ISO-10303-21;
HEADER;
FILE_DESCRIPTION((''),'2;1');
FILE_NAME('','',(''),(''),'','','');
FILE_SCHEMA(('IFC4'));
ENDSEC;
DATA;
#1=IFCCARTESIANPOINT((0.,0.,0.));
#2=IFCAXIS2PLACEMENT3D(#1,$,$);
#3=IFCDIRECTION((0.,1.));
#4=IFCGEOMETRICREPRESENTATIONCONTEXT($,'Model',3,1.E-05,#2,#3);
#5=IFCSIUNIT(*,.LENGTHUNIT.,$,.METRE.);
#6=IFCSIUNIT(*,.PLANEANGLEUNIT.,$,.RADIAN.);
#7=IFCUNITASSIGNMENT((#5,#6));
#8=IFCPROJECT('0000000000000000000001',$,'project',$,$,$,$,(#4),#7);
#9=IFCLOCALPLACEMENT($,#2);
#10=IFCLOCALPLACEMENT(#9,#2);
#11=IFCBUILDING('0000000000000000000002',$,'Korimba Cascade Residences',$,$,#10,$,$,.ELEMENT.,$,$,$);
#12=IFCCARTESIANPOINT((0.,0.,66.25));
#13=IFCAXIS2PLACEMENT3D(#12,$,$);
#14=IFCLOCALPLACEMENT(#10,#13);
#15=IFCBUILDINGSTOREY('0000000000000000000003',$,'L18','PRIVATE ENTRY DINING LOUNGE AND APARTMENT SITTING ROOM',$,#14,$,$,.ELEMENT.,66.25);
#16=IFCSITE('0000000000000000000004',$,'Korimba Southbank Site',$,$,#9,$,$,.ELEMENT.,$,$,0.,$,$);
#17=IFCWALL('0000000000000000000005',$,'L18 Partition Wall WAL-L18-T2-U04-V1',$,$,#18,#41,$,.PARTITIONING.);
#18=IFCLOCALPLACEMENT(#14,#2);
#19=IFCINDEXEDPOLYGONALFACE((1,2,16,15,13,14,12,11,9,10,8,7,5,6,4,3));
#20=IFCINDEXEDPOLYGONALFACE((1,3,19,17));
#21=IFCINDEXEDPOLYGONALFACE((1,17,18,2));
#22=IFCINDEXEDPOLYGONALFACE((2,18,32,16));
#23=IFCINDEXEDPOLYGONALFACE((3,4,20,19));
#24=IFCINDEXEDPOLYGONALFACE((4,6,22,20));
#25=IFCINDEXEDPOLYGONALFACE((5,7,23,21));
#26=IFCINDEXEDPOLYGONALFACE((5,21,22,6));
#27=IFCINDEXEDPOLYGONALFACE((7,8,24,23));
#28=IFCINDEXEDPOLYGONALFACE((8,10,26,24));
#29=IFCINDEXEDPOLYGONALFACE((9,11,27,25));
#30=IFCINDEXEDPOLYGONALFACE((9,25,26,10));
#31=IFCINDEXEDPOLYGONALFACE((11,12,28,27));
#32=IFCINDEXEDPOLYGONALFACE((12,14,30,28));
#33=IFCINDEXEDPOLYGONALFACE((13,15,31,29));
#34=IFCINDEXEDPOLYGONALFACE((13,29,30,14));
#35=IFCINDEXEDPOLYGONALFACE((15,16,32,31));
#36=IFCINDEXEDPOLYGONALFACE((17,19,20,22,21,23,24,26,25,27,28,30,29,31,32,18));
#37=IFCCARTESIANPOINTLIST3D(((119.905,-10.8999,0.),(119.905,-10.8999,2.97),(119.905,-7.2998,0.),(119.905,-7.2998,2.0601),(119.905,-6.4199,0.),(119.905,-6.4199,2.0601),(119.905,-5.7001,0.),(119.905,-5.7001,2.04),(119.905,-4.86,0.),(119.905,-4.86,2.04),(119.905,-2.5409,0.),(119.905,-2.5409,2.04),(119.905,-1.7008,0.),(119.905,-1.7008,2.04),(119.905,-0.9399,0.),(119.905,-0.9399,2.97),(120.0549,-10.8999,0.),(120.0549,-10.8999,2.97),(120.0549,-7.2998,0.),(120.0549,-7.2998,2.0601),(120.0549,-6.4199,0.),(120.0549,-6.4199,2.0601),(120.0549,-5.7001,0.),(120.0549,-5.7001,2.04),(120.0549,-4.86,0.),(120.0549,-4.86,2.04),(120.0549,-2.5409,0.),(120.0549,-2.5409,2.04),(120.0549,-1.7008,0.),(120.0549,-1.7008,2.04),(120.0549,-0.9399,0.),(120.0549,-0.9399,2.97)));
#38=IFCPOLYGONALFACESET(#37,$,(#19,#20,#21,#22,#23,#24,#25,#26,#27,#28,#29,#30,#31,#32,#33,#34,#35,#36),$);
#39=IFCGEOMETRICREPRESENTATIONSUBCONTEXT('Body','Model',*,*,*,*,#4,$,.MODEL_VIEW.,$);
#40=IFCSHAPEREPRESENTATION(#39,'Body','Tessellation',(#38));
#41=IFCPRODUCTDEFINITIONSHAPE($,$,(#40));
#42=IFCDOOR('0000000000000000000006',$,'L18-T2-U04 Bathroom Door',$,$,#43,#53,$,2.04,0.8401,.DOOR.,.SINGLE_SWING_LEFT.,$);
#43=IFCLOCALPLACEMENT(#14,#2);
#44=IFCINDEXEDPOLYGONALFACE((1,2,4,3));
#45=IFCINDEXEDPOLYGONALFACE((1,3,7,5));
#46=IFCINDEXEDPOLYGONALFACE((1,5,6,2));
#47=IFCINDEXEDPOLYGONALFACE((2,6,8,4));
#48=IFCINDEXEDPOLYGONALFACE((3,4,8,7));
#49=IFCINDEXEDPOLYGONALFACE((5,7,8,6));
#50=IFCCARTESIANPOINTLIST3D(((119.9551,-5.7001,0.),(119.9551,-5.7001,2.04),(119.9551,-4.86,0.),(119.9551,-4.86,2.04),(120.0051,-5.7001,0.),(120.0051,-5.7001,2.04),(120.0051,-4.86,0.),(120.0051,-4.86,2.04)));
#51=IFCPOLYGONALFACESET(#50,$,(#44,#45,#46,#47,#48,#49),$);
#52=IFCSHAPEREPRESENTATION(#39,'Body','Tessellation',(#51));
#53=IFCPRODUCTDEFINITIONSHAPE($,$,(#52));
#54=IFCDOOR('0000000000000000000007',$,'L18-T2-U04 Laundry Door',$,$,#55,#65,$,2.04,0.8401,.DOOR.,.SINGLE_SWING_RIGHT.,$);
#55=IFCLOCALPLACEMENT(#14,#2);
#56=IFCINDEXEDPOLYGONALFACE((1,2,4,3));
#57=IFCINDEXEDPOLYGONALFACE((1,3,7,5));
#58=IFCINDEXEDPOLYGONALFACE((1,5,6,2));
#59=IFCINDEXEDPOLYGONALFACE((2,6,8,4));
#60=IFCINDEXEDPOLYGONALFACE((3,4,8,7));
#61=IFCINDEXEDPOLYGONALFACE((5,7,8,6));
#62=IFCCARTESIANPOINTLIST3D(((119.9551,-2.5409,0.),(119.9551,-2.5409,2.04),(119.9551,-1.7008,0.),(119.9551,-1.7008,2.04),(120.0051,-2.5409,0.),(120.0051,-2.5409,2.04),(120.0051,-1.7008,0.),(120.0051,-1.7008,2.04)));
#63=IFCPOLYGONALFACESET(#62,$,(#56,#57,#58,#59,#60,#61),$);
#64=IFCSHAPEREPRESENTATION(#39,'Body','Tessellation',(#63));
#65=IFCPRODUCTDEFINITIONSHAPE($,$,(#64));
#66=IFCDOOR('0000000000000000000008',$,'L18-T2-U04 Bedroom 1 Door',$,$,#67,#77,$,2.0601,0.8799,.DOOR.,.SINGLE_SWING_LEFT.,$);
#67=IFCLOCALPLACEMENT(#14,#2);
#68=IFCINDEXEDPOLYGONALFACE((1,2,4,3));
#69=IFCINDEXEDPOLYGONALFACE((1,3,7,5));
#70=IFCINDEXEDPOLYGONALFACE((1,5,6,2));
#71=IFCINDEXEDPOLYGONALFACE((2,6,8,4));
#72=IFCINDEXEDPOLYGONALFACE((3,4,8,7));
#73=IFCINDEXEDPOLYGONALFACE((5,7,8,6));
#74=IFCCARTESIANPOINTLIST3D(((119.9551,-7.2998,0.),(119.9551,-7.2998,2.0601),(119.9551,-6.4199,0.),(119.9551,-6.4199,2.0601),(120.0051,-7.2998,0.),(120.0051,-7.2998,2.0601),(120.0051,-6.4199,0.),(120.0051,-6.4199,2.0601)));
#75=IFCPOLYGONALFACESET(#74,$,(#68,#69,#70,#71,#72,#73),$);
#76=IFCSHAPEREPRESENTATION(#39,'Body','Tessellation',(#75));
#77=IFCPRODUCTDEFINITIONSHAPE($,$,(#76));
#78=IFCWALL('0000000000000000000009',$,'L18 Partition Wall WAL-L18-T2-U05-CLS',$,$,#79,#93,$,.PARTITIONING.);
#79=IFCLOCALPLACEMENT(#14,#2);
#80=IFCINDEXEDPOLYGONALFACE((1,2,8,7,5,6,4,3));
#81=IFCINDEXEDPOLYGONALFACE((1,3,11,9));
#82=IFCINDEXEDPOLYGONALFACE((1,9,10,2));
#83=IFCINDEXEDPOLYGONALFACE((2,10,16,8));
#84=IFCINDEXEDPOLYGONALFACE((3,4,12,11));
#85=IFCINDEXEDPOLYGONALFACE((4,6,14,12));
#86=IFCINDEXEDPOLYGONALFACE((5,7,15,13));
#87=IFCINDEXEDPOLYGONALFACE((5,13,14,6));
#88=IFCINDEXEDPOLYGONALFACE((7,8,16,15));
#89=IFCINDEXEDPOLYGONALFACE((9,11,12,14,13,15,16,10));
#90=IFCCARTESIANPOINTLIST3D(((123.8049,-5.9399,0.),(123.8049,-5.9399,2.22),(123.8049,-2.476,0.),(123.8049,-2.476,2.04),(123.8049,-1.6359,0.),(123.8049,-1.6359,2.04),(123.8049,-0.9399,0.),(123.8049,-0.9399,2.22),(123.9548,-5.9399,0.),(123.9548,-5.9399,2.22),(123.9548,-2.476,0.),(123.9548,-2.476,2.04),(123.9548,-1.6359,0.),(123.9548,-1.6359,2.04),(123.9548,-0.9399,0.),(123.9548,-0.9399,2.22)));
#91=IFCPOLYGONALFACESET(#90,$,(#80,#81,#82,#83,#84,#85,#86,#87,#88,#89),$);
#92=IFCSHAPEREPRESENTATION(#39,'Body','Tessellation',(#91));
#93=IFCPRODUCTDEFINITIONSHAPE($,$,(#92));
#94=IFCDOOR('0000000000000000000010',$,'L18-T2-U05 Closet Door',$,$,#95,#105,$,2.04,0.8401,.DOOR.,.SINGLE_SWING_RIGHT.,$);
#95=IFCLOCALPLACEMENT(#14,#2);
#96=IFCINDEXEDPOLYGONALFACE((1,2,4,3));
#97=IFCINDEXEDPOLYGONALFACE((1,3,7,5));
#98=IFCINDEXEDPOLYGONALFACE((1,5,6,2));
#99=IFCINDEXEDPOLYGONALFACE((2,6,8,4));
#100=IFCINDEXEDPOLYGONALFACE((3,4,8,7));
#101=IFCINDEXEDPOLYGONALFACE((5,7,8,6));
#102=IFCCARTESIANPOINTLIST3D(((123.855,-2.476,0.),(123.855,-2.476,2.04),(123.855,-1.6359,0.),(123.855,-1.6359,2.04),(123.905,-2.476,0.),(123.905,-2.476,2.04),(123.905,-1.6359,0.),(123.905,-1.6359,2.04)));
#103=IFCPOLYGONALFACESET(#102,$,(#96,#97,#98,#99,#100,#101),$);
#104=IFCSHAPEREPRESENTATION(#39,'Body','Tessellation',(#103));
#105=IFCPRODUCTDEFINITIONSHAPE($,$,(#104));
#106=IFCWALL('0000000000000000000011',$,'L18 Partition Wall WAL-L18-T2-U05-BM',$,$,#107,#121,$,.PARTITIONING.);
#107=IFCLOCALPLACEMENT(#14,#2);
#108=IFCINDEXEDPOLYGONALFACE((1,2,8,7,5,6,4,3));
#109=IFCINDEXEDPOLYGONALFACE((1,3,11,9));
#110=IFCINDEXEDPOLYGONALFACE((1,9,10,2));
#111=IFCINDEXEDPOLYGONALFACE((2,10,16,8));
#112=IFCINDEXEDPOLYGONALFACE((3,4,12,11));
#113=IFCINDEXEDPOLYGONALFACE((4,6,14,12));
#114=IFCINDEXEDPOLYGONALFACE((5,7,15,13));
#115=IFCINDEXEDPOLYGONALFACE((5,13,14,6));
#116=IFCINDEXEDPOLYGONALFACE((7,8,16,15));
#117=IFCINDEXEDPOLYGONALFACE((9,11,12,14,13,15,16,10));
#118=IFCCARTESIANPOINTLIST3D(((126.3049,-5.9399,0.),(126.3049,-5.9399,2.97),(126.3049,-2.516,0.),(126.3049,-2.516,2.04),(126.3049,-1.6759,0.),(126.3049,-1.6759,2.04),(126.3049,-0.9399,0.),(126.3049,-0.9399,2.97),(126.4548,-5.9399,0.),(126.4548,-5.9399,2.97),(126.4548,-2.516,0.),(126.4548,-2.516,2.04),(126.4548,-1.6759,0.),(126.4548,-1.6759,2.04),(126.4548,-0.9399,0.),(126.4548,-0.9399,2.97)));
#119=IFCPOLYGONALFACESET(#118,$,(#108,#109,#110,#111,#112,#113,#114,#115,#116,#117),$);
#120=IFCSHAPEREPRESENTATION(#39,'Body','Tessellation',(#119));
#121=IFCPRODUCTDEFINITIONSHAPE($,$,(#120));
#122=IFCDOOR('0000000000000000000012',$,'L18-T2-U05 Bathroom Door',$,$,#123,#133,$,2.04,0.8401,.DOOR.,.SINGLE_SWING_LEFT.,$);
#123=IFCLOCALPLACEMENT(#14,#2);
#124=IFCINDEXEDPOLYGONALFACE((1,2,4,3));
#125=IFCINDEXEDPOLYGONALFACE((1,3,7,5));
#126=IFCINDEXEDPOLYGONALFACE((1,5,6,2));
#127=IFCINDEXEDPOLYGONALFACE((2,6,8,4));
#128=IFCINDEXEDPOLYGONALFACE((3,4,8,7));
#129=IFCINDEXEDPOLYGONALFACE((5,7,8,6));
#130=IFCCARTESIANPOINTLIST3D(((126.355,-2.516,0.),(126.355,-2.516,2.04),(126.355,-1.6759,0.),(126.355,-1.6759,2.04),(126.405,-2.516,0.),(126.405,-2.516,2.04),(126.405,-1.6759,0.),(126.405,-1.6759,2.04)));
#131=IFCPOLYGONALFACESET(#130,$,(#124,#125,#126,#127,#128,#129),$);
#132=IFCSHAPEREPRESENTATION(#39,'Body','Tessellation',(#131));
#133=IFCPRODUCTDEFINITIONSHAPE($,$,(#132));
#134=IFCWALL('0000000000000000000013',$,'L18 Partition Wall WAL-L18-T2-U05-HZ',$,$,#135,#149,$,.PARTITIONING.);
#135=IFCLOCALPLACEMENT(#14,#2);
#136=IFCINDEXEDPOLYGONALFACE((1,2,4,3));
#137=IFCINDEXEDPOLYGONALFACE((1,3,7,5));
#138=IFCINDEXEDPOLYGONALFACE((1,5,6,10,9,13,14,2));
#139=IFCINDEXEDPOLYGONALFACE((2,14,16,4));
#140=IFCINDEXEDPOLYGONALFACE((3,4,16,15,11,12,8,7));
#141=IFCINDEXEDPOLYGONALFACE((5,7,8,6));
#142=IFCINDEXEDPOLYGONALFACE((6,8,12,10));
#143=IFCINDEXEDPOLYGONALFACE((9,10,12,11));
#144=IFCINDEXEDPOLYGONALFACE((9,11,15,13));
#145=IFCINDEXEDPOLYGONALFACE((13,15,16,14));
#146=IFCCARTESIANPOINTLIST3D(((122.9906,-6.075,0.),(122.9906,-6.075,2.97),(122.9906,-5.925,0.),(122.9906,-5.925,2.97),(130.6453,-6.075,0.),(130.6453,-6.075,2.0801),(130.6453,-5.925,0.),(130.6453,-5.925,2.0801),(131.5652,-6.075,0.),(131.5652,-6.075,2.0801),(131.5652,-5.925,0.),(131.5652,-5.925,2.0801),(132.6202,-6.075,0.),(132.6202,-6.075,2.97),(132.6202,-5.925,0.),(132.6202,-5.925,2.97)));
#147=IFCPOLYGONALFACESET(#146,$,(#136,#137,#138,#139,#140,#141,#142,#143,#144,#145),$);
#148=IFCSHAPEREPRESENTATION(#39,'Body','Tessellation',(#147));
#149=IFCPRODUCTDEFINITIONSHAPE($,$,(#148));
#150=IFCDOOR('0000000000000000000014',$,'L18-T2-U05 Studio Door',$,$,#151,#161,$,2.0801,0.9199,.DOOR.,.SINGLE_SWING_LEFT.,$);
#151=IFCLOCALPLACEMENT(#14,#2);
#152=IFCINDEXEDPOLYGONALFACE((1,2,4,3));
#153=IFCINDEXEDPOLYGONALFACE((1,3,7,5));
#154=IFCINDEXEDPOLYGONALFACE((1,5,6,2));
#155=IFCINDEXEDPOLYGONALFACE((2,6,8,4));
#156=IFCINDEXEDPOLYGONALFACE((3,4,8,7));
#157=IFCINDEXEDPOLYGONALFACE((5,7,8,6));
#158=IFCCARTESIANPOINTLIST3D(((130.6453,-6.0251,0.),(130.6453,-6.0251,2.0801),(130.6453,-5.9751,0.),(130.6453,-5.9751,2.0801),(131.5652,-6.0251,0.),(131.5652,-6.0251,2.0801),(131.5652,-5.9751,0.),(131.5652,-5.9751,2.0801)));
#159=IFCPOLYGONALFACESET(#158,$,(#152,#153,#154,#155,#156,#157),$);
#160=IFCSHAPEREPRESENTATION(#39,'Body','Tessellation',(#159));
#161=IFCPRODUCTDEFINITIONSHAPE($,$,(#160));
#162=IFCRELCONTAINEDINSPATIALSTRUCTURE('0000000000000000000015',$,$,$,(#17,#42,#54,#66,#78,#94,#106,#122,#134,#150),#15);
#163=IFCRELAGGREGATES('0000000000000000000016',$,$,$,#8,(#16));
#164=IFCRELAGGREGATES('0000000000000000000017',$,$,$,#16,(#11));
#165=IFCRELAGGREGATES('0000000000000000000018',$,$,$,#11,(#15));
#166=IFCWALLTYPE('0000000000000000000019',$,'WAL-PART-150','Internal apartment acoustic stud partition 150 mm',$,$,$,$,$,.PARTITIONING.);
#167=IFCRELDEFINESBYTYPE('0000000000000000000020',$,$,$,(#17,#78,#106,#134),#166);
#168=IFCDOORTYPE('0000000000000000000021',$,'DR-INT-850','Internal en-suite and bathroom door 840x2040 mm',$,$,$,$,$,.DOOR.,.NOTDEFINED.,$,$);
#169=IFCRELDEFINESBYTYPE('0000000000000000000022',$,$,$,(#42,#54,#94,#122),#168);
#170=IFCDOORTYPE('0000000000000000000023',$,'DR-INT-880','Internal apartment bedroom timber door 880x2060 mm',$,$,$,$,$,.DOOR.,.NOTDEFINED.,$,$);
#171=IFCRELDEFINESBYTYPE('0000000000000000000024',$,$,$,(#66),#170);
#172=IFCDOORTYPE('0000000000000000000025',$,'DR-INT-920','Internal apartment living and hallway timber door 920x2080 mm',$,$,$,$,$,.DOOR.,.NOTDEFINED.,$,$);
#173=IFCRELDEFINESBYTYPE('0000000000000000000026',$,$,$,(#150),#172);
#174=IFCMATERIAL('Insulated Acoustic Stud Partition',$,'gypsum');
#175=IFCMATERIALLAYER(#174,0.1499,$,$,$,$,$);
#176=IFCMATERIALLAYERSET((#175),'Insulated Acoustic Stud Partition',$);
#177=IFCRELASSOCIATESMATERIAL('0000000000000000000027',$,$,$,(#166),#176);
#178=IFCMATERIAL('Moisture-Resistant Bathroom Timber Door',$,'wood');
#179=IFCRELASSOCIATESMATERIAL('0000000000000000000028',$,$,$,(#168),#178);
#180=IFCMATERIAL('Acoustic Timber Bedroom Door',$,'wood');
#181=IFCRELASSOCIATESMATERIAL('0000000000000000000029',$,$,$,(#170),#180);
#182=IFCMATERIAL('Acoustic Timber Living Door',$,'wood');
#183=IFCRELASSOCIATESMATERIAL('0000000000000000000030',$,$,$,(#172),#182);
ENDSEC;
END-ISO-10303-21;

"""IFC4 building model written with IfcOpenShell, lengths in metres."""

from ifc_helpers import new_model, si_unit, direction, frame, frame_2d, origin, place, context, subcontext, project, spatial, rectangle, extrude, material, layer, layer_set, type_object, element, fill, save


model = new_model("IFC4")

# Units and contexts
model_context = context("Model", 3, precision=1e-05, world=origin(), true_north=direction((0.0, 1.0)))
body_context = subcontext(model_context, "Body", "Model", "MODEL_VIEW")
ifc_project = project(units=[si_unit("LENGTHUNIT", "METRE"), si_unit("PLANEANGLEUNIT", "RADIAN")], contexts=[model_context])

# Site, building, storey
site_placement = place(None, origin())
site = spatial("IfcSite", under=ifc_project, at=site_placement, Name="Korimba Southbank Site", CompositionType="ELEMENT", RefElevation=0.0)
building_placement = place(site_placement, origin())
building = spatial("IfcBuilding", under=site, at=building_placement, Name="Korimba Cascade Residences", CompositionType="ELEMENT")
storey_placement = place(building_placement, frame((0.0, 0.0, 66.25)))
storey = spatial("IfcBuildingStorey", under=building, at=storey_placement, Name="L18", Description="PRIVATE ENTRY DINING LOUNGE AND APARTMENT SITTING ROOM", CompositionType="ELEMENT", Elevation=66.25)

# Wall, openings, doors
ifc_material_1 = material(Name="Insulated Acoustic Stud Partition", Category="gypsum")
ifc_layer_1 = layer(ifc_material_1, 0.1499)
ifc_layer_set_1 = layer_set([ifc_layer_1], Name="Insulated Acoustic Stud Partition")
wall_type_1 = type_object("IfcWallType", Name="WAL-PART-150", Description="Internal apartment acoustic stud partition 150 mm", PredefinedType="PARTITIONING", material=ifc_layer_set_1)
wall_1_placement = place(storey_placement, frame((119.98, -10.8999, 0.0), z_axis=(0.0, 0.0, 1.0), x_axis=(0.0, 1.0, 0.0)))
wall_1 = element("IfcWall", 1, at=wall_1_placement, inside=storey, type_object=wall_type_1, Name="L18 Partition Wall WAL-L18-T2-U04-V1", PredefinedType="PARTITIONING", context=body_context, shape_type="SweptSolid", body=[
    extrude(rectangle(XDim=9.96, YDim=0.1499, at=frame_2d((4.98, 0.0))), origin(), (0.0, 0.0, 1.0), 2.97),
])
opening_1_placement = place(wall_1_placement, frame((5.2, 0.0, 0.0)))
opening_1 = element("IfcOpeningElement", 2, at=opening_1_placement, cuts=wall_1, PredefinedType="OPENING", context=body_context, shape_type="SweptSolid", body=[
    extrude(rectangle(XDim=0.8401, YDim=2.04, at=frame_2d((0.4199, 1.02))), frame((0.0, 0.085, 0.0), z_axis=(0.0, -1.0, 0.0), x_axis=(1.0, 0.0, 0.0)), (0.0, 0.0, 1.0), 0.1699),
])
opening_2_placement = place(wall_1_placement, frame((8.3591, 0.0, 0.0)))
opening_2 = element("IfcOpeningElement", 3, at=opening_2_placement, cuts=wall_1, PredefinedType="OPENING", context=body_context, shape_type="SweptSolid", body=[
    extrude(rectangle(XDim=0.8401, YDim=2.04, at=frame_2d((0.4199, 1.02))), frame((0.0, 0.085, 0.0), z_axis=(0.0, -1.0, 0.0), x_axis=(1.0, 0.0, 0.0)), (0.0, 0.0, 1.0), 0.1699),
])
opening_3_placement = place(wall_1_placement, frame((3.6001, 0.0, 0.0)))
opening_3 = element("IfcOpeningElement", 4, at=opening_3_placement, cuts=wall_1, PredefinedType="OPENING", context=body_context, shape_type="SweptSolid", body=[
    extrude(rectangle(XDim=0.8799, YDim=2.0601, at=frame_2d((0.4399, 1.03))), frame((0.0, 0.085, 0.0), z_axis=(0.0, -1.0, 0.0), x_axis=(1.0, 0.0, 0.0)), (0.0, 0.0, 1.0), 0.1699),
])
ifc_material_2 = material(Name="Moisture-Resistant Bathroom Timber Door", Category="wood")
door_type_1 = type_object("IfcDoorType", Name="DR-INT-850", Description="Internal en-suite and bathroom door 840x2040 mm", OperationType="NOTDEFINED", PredefinedType="DOOR", material=ifc_material_2)
door_1_placement = place(opening_1_placement, origin())
door_1 = element("IfcDoor", 5, at=door_1_placement, inside=storey, type_object=door_type_1, Name="L18-T2-U04 Bathroom Door", OperationType="SINGLE_SWING_LEFT", OverallHeight=2.04, OverallWidth=0.8401, PredefinedType="DOOR", context=body_context, shape_type="SweptSolid", body=[
    extrude(rectangle(XDim=0.8401, YDim=2.04, at=frame_2d((0.4199, 1.02))), frame((0.0, 0.0249, 0.0), z_axis=(0.0, -1.0, 0.0), x_axis=(1.0, 0.0, 0.0)), (0.0, 0.0, 1.0), 0.05),
])
fill(opening_1, door_1)
door_2_placement = place(opening_2_placement, origin())
door_2 = element("IfcDoor", 6, at=door_2_placement, inside=storey, type_object=door_type_1, Name="L18-T2-U04 Laundry Door", OperationType="SINGLE_SWING_RIGHT", OverallHeight=2.04, OverallWidth=0.8401, PredefinedType="DOOR", context=body_context, shape_type="SweptSolid", body=[
    extrude(rectangle(XDim=0.8401, YDim=2.04, at=frame_2d((0.4199, 1.02))), frame((0.0, 0.0249, 0.0), z_axis=(0.0, -1.0, 0.0), x_axis=(1.0, 0.0, 0.0)), (0.0, 0.0, 1.0), 0.05),
])
fill(opening_2, door_2)
ifc_material_3 = material(Name="Acoustic Timber Bedroom Door", Category="wood")
door_type_2 = type_object("IfcDoorType", Name="DR-INT-880", Description="Internal apartment bedroom timber door 880x2060 mm", OperationType="NOTDEFINED", PredefinedType="DOOR", material=ifc_material_3)
door_3_placement = place(opening_3_placement, origin())
door_3 = element("IfcDoor", 7, at=door_3_placement, inside=storey, type_object=door_type_2, Name="L18-T2-U04 Bedroom 1 Door", OperationType="SINGLE_SWING_LEFT", OverallHeight=2.0601, OverallWidth=0.8799, PredefinedType="DOOR", context=body_context, shape_type="SweptSolid", body=[
    extrude(rectangle(XDim=0.8799, YDim=2.0601, at=frame_2d((0.4399, 1.03))), frame((0.0, 0.0249, 0.0), z_axis=(0.0, -1.0, 0.0), x_axis=(1.0, 0.0, 0.0)), (0.0, 0.0, 1.0), 0.05),
])
fill(opening_3, door_3)

# Walls, openings, doors
wall_2_placement = place(storey_placement, frame((123.8799, -5.9399, 0.0), z_axis=(0.0, 0.0, 1.0), x_axis=(0.0, 1.0, 0.0)))
wall_2 = element("IfcWall", 8, at=wall_2_placement, inside=storey, type_object=wall_type_1, Name="L18 Partition Wall WAL-L18-T2-U05-CLS", PredefinedType="PARTITIONING", context=body_context, shape_type="SweptSolid", body=[
    extrude(rectangle(XDim=5.0, YDim=0.1499, at=frame_2d((2.5, 0.0))), origin(), (0.0, 0.0, 1.0), 2.22),
])
opening_4_placement = place(wall_2_placement, frame((3.4641, 0.0, 0.0)))
opening_4 = element("IfcOpeningElement", 9, at=opening_4_placement, cuts=wall_2, PredefinedType="OPENING", context=body_context, shape_type="SweptSolid", body=[
    extrude(rectangle(XDim=0.8401, YDim=2.04, at=frame_2d((0.4199, 1.02))), frame((0.0, 0.085, 0.0), z_axis=(0.0, -1.0, 0.0), x_axis=(1.0, 0.0, 0.0)), (0.0, 0.0, 1.0), 0.1699),
])
door_4_placement = place(opening_4_placement, origin())
door_4 = element("IfcDoor", 10, at=door_4_placement, inside=storey, type_object=door_type_1, Name="L18-T2-U05 Closet Door", OperationType="SINGLE_SWING_RIGHT", OverallHeight=2.04, OverallWidth=0.8401, PredefinedType="DOOR", context=body_context, shape_type="SweptSolid", body=[
    extrude(rectangle(XDim=0.8401, YDim=2.04, at=frame_2d((0.4199, 1.02))), frame((0.0, 0.0249, 0.0), z_axis=(0.0, -1.0, 0.0), x_axis=(1.0, 0.0, 0.0)), (0.0, 0.0, 1.0), 0.05),
])
fill(opening_4, door_4)
wall_3_placement = place(storey_placement, frame((126.3799, -5.9399, 0.0), z_axis=(0.0, 0.0, 1.0), x_axis=(0.0, 1.0, 0.0)))
wall_3 = element("IfcWall", 11, at=wall_3_placement, inside=storey, type_object=wall_type_1, Name="L18 Partition Wall WAL-L18-T2-U05-BM", PredefinedType="PARTITIONING", context=body_context, shape_type="SweptSolid", body=[
    extrude(rectangle(XDim=5.0, YDim=0.1499, at=frame_2d((2.5, 0.0))), origin(), (0.0, 0.0, 1.0), 2.97),
])
opening_5_placement = place(wall_3_placement, frame((3.4241, 0.0, 0.0)))
opening_5 = element("IfcOpeningElement", 12, at=opening_5_placement, cuts=wall_3, PredefinedType="OPENING", context=body_context, shape_type="SweptSolid", body=[
    extrude(rectangle(XDim=0.8401, YDim=2.04, at=frame_2d((0.4199, 1.02))), frame((0.0, 0.085, 0.0), z_axis=(0.0, -1.0, 0.0), x_axis=(1.0, 0.0, 0.0)), (0.0, 0.0, 1.0), 0.1699),
])
door_5_placement = place(opening_5_placement, origin())
door_5 = element("IfcDoor", 13, at=door_5_placement, inside=storey, type_object=door_type_1, Name="L18-T2-U05 Bathroom Door", OperationType="SINGLE_SWING_LEFT", OverallHeight=2.04, OverallWidth=0.8401, PredefinedType="DOOR", context=body_context, shape_type="SweptSolid", body=[
    extrude(rectangle(XDim=0.8401, YDim=2.04, at=frame_2d((0.4199, 1.02))), frame((0.0, 0.0249, 0.0), z_axis=(0.0, -1.0, 0.0), x_axis=(1.0, 0.0, 0.0)), (0.0, 0.0, 1.0), 0.05),
])
fill(opening_5, door_5)
wall_4_placement = place(storey_placement, frame((122.9905, -6.0, 0.0), z_axis=(0.0, 0.0, 1.0), x_axis=(1.0, 0.0, 0.0)))
wall_4 = element("IfcWall", 14, at=wall_4_placement, inside=storey, type_object=wall_type_1, Name="L18 Partition Wall WAL-L18-T2-U05-HZ", PredefinedType="PARTITIONING", context=body_context, shape_type="SweptSolid", body=[
    extrude(rectangle(XDim=9.6296, YDim=0.1499, at=frame_2d((4.8149, 0.0))), origin(), (0.0, 0.0, 1.0), 2.97),
])
opening_6_placement = place(wall_4_placement, frame((7.6548, 0.0, 0.0)))
opening_6 = element("IfcOpeningElement", 15, at=opening_6_placement, cuts=wall_4, PredefinedType="OPENING", context=body_context, shape_type="SweptSolid", body=[
    extrude(rectangle(XDim=0.9199, YDim=2.0801, at=frame_2d((0.46, 1.04))), frame((0.0, 0.085, 0.0), z_axis=(0.0, -1.0, 0.0), x_axis=(1.0, 0.0, 0.0)), (0.0, 0.0, 1.0), 0.1699),
])
ifc_material_4 = material(Name="Acoustic Timber Living Door", Category="wood")
door_type_3 = type_object("IfcDoorType", Name="DR-INT-920", Description="Internal apartment living and hallway timber door 920x2080 mm", OperationType="NOTDEFINED", PredefinedType="DOOR", material=ifc_material_4)
door_6_placement = place(opening_6_placement, origin())
door_6 = element("IfcDoor", 16, at=door_6_placement, inside=storey, type_object=door_type_3, Name="L18-T2-U05 Studio Door", OperationType="SINGLE_SWING_LEFT", OverallHeight=2.0801, OverallWidth=0.9199, PredefinedType="DOOR", context=body_context, shape_type="SweptSolid", body=[
    extrude(rectangle(XDim=0.9199, YDim=2.0801, at=frame_2d((0.46, 1.04))), frame((0.0, 0.0249, 0.0), z_axis=(0.0, -1.0, 0.0), x_axis=(1.0, 0.0, 0.0)), (0.0, 0.0, 1.0), 0.05),
])
fill(opening_6, door_6)

save(model, "model.ifc")
